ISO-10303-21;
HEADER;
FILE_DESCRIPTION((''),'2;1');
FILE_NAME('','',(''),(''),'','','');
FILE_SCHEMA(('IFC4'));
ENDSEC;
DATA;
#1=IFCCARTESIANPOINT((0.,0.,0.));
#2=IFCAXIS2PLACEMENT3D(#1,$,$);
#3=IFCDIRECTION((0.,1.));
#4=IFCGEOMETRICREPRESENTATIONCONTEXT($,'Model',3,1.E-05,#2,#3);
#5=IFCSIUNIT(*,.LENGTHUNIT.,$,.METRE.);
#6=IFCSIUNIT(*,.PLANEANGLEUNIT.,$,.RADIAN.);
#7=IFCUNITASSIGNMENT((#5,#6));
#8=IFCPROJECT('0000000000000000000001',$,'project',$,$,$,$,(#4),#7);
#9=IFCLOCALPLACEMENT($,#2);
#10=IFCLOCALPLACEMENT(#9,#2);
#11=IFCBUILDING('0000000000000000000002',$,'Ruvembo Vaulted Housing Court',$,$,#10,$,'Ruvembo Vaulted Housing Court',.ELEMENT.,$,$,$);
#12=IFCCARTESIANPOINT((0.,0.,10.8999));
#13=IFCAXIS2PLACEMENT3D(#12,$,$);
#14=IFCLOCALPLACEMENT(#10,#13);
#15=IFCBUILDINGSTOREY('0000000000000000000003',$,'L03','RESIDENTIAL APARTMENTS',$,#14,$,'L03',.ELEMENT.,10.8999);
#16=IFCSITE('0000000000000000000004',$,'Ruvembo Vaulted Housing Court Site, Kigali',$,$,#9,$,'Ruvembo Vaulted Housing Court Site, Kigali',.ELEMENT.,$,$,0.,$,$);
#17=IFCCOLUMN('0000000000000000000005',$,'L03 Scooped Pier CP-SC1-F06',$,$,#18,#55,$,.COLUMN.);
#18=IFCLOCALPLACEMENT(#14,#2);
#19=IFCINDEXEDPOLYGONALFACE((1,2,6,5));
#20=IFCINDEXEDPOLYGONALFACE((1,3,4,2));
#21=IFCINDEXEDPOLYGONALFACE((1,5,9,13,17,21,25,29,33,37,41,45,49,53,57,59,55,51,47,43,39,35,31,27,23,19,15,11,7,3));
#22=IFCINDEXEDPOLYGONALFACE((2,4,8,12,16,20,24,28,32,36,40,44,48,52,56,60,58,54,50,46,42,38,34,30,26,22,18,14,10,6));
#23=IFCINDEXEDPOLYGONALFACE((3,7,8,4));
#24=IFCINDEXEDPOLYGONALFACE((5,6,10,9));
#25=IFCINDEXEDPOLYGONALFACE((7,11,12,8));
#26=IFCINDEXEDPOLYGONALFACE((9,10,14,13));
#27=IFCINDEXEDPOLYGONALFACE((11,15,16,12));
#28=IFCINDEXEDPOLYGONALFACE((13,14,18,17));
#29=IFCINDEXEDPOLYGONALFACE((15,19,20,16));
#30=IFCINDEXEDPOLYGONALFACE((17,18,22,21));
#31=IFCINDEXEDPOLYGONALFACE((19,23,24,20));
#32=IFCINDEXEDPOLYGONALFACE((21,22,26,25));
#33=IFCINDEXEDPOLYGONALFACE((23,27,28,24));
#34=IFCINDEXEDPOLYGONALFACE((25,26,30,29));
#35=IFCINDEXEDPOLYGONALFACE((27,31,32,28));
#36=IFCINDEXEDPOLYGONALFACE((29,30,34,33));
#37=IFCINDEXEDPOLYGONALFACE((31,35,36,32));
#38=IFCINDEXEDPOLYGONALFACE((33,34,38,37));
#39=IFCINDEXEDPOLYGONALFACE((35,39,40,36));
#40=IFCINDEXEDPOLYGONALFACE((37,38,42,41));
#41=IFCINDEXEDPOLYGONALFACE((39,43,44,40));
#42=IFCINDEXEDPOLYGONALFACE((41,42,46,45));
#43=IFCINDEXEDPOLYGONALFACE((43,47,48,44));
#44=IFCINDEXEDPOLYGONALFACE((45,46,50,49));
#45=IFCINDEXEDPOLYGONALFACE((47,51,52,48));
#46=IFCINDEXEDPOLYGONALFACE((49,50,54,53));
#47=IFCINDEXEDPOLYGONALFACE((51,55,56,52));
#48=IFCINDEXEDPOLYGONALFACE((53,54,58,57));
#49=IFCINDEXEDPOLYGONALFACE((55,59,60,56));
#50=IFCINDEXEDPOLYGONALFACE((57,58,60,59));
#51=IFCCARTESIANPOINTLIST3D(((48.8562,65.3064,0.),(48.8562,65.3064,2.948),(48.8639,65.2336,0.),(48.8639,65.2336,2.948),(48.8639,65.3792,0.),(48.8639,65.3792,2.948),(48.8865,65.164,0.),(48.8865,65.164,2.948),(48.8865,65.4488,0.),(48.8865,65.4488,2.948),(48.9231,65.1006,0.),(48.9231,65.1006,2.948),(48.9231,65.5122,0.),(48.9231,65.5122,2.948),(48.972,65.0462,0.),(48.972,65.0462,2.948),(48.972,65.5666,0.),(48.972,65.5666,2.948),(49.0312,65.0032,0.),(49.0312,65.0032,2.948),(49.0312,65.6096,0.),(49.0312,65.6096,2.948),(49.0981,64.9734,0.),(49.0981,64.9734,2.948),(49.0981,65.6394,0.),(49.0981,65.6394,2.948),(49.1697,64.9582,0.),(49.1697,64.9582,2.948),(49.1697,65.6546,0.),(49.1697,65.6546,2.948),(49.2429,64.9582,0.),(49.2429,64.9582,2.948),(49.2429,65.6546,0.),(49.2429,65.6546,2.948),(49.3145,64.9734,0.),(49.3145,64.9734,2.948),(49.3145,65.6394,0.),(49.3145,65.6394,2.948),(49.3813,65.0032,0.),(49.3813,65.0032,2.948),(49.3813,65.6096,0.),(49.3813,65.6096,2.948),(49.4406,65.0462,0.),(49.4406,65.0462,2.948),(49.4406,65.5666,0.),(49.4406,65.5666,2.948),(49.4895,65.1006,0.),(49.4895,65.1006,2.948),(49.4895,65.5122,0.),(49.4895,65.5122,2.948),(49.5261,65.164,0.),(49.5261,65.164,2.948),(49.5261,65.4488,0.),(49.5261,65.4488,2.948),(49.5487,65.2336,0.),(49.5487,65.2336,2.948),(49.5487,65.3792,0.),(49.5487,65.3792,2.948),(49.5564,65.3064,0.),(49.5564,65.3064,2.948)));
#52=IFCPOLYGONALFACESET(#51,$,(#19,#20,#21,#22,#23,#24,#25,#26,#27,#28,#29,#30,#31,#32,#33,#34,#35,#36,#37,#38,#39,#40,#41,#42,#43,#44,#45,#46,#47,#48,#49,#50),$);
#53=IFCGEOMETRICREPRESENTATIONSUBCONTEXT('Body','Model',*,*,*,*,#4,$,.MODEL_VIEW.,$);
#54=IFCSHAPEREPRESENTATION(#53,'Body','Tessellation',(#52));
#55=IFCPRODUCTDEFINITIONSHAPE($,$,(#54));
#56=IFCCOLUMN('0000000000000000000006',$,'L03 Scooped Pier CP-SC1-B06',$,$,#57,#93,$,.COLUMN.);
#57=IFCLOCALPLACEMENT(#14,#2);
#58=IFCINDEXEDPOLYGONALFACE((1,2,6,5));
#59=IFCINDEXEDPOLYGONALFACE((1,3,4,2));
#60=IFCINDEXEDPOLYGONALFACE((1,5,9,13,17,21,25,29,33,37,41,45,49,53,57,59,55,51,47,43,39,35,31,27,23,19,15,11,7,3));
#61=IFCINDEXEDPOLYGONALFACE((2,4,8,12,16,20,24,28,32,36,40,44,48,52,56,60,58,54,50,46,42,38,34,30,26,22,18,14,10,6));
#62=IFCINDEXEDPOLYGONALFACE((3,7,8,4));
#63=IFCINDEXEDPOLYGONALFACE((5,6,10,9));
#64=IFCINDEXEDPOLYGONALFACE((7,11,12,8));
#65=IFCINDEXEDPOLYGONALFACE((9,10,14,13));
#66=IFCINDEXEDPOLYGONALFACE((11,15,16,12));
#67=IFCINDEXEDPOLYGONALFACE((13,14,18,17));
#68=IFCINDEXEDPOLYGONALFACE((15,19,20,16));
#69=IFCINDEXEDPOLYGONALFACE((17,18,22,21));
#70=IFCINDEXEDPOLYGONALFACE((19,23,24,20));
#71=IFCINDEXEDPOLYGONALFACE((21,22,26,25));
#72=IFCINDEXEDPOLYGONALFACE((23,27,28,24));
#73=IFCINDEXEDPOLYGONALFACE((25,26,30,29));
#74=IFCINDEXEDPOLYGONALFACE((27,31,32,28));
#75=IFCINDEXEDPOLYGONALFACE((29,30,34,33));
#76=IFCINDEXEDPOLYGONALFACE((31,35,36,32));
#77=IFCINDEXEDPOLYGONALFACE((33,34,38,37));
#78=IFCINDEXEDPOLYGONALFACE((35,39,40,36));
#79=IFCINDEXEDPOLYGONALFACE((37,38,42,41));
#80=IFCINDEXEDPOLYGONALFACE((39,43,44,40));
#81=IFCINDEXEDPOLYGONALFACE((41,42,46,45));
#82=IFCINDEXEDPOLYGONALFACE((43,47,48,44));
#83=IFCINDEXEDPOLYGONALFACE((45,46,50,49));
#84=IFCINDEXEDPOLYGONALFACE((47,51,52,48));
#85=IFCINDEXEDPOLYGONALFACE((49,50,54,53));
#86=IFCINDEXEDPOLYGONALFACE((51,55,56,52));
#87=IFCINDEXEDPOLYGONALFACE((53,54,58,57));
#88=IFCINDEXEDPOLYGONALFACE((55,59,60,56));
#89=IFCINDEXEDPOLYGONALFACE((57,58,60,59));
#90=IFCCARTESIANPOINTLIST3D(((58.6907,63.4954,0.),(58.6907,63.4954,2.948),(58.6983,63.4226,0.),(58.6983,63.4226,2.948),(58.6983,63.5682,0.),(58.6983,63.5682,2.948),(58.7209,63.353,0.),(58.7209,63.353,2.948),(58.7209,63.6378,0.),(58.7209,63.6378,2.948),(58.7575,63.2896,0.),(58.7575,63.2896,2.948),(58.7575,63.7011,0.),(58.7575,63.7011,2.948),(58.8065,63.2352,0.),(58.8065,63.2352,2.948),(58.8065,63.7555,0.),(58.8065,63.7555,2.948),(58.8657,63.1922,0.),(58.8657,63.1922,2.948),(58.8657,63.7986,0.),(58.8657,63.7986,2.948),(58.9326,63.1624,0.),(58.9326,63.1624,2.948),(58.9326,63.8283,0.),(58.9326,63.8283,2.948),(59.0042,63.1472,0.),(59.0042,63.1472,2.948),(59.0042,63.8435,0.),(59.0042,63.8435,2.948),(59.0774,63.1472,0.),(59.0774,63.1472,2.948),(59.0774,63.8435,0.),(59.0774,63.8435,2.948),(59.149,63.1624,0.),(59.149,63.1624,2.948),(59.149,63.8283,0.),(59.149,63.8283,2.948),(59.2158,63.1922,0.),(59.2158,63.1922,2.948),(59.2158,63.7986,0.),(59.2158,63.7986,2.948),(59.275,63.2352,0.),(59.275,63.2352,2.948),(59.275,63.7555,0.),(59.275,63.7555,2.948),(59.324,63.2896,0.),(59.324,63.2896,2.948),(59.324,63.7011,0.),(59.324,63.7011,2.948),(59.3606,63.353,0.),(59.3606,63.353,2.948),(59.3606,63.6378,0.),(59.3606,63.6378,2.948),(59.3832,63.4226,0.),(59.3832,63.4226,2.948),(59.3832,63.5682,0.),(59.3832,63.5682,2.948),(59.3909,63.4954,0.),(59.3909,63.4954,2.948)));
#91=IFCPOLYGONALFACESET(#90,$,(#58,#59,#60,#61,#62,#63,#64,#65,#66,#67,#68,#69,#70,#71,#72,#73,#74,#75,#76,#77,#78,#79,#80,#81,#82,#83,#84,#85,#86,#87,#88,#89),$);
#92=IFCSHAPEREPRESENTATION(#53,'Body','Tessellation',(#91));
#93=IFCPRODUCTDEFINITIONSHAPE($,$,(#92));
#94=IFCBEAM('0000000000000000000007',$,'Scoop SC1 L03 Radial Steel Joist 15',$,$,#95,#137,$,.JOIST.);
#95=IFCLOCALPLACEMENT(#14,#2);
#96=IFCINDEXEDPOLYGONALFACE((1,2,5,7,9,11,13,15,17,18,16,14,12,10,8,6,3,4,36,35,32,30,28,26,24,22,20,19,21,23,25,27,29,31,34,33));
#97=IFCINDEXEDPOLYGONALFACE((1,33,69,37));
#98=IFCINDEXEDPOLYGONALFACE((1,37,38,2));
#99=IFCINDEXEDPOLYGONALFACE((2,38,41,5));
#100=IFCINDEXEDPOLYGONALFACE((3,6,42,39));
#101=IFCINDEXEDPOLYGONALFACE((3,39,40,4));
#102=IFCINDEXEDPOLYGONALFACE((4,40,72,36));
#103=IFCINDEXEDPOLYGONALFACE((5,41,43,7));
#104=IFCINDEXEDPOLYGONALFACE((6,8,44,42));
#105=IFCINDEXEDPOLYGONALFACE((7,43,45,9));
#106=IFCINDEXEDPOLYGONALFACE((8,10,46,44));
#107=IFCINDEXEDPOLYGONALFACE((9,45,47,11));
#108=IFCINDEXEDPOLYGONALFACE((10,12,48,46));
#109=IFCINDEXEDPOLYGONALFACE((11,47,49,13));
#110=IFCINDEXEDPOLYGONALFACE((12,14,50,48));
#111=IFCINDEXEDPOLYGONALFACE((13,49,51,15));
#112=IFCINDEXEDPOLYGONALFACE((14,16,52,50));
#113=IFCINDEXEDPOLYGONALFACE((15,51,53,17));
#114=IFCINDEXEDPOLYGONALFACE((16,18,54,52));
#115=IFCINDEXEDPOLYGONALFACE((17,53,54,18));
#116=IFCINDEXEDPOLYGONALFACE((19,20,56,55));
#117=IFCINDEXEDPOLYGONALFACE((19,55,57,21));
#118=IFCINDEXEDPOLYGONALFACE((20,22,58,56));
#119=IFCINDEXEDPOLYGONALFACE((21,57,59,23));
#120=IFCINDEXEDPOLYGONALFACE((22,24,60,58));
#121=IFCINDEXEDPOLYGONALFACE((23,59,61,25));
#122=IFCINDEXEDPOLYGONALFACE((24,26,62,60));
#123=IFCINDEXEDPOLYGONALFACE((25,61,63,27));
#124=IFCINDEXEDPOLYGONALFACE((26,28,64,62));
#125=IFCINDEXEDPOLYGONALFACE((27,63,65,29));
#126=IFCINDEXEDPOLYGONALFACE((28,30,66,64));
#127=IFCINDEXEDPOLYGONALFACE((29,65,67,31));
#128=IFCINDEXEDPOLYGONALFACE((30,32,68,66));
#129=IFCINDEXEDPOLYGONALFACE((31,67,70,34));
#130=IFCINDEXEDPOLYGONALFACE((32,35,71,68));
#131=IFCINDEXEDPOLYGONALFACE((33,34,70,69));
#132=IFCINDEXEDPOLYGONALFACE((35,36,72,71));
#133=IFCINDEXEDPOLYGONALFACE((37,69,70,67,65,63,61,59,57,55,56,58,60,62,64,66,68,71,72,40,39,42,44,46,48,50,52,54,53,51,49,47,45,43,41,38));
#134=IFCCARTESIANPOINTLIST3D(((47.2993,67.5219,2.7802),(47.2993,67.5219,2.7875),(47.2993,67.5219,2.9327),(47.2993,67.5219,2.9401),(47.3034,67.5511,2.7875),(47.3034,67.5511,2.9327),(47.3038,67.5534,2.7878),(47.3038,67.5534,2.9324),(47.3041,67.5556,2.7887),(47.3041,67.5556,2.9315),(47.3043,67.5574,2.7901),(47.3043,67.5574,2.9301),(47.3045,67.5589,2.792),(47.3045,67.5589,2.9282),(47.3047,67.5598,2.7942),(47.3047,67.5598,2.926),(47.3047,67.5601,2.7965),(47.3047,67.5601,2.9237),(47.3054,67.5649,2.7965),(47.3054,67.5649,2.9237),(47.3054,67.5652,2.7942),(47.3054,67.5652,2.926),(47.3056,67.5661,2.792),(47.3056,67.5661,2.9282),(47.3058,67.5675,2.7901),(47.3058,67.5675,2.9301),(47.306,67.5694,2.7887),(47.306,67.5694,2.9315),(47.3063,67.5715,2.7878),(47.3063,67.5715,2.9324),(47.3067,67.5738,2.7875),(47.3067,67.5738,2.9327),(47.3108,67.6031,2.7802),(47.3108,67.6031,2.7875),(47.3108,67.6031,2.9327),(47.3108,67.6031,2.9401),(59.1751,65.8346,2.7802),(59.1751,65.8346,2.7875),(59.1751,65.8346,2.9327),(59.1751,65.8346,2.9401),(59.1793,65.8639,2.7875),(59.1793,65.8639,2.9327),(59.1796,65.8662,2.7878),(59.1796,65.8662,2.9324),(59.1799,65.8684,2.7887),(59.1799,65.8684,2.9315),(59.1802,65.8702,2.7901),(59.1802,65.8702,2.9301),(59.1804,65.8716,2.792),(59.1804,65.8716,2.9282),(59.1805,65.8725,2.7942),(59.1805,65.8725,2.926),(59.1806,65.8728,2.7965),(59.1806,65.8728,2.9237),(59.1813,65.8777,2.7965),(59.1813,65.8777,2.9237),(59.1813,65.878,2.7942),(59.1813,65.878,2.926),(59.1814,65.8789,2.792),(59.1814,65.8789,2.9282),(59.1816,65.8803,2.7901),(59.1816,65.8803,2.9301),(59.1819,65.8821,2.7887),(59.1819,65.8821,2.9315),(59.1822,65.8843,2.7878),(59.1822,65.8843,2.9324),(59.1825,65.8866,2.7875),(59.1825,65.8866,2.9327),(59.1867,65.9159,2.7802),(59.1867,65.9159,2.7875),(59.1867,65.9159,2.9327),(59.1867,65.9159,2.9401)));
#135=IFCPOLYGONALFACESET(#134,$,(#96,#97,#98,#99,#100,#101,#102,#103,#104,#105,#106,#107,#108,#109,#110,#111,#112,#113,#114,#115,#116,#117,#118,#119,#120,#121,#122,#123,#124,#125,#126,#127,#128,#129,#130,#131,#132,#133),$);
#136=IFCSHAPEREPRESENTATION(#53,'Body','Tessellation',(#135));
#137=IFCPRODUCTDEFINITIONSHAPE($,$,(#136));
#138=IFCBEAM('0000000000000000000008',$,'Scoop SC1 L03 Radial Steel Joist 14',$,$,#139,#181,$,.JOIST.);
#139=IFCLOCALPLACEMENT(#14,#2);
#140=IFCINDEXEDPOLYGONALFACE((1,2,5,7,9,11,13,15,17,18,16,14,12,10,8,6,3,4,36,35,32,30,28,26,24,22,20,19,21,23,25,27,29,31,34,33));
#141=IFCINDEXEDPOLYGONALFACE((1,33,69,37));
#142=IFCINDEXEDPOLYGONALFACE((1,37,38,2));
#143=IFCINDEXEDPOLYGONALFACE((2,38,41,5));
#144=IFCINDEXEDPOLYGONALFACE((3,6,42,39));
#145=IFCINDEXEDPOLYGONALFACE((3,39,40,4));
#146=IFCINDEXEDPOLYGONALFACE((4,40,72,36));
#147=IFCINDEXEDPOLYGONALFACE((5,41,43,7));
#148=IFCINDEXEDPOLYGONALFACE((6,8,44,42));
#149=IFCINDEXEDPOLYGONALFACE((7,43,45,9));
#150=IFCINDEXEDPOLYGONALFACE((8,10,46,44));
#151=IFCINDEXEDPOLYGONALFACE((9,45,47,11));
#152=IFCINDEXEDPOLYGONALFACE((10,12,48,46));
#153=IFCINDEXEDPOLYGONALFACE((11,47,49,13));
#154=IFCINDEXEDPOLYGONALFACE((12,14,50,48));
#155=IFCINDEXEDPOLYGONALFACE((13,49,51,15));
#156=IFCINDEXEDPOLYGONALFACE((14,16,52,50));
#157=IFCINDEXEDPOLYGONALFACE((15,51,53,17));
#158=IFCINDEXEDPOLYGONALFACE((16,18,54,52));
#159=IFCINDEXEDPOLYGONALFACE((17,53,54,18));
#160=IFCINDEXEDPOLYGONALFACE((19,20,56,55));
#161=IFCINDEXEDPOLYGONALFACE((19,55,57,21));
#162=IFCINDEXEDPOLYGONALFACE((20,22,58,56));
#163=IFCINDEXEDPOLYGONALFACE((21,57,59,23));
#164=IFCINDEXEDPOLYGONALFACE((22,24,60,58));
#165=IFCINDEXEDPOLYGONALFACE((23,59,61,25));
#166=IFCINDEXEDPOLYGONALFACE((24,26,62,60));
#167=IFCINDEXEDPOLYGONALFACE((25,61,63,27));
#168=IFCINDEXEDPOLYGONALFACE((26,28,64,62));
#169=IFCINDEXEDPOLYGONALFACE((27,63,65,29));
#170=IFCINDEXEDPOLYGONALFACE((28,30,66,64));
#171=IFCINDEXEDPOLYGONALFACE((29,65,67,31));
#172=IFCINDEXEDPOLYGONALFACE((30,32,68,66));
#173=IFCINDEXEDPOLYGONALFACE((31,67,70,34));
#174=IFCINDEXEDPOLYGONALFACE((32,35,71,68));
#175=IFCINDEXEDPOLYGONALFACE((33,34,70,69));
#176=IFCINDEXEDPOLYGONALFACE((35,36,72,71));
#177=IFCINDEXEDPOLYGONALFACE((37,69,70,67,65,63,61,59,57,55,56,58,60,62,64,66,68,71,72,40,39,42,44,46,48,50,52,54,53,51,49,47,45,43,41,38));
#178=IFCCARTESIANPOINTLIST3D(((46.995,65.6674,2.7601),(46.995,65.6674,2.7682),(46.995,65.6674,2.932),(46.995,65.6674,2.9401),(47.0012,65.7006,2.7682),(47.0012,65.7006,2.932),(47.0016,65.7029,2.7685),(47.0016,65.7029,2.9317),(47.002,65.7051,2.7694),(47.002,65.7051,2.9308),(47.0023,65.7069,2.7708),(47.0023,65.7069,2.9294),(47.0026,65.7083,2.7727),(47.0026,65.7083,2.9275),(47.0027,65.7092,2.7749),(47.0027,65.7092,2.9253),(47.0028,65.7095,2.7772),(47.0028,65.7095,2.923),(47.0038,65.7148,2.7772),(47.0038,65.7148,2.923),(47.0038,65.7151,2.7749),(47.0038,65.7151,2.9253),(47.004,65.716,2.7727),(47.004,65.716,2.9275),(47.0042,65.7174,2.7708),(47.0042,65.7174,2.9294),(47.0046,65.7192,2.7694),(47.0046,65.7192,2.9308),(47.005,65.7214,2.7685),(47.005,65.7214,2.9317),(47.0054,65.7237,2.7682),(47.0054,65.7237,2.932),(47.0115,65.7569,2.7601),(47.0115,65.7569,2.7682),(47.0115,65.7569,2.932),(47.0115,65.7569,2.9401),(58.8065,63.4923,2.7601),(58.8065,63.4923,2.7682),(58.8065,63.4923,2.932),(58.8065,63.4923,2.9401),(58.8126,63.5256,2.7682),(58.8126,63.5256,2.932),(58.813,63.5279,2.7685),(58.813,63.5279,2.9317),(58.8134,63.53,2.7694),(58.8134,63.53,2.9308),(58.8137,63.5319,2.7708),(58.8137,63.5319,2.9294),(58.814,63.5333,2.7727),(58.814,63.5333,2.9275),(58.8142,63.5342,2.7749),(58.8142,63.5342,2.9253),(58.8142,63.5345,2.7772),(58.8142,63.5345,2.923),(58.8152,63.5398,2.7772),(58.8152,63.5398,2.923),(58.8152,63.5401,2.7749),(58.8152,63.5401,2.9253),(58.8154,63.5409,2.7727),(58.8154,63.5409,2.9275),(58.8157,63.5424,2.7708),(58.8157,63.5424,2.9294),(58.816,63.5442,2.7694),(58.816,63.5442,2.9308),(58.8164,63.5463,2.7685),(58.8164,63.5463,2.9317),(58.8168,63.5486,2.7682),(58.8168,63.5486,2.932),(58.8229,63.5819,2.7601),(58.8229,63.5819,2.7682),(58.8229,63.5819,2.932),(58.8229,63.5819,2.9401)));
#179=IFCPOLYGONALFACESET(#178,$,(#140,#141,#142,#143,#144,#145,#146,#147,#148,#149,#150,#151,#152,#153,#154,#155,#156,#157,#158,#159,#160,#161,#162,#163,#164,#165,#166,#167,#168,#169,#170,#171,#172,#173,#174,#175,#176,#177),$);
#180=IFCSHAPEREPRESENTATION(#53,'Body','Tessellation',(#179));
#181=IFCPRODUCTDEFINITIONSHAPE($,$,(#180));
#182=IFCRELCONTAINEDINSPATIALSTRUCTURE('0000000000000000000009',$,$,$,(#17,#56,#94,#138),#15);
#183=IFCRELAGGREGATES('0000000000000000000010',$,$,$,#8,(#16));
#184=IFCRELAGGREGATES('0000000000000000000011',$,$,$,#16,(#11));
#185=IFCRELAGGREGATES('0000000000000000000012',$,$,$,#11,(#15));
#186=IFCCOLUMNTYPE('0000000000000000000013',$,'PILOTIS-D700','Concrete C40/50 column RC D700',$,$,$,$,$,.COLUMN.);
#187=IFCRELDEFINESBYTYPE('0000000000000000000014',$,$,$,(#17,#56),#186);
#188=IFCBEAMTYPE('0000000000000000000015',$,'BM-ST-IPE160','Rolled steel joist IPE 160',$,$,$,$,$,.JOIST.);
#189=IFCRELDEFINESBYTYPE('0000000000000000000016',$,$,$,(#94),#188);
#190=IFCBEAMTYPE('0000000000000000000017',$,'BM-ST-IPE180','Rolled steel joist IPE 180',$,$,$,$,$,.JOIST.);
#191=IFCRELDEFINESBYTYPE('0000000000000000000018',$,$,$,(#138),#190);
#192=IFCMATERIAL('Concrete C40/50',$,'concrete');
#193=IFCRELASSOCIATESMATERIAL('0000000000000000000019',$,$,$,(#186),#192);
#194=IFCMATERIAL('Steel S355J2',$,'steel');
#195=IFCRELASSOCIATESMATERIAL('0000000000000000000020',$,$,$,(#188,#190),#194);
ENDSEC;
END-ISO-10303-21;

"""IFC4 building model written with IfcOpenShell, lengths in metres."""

from ifc_helpers import new_model, si_unit, direction, frame, origin, origin_2d, place, context, subcontext, project, spatial, circle, i_section, extrude, material, material_profile, profile_set, type_object, element, save


model = new_model("IFC4")

# Units and contexts
model_context = context("Model", 3, precision=1e-05, world=origin(), true_north=direction((0.0, 1.0)))
body_context = subcontext(model_context, "Body", "Model", "MODEL_VIEW")
ifc_project = project(units=[si_unit("LENGTHUNIT", "METRE"), si_unit("PLANEANGLEUNIT", "RADIAN")], contexts=[model_context])

# Site, building, storey
site_placement = place(None, origin())
site = spatial("IfcSite", under=ifc_project, at=site_placement, Name="Ruvembo Vaulted Housing Court Site, Kigali", LongName="Ruvembo Vaulted Housing Court Site, Kigali", CompositionType="ELEMENT", RefElevation=0.0)
building_placement = place(site_placement, origin())
building = spatial("IfcBuilding", under=site, at=building_placement, Name="Ruvembo Vaulted Housing Court", LongName="Ruvembo Vaulted Housing Court", CompositionType="ELEMENT")
storey_placement = place(building_placement, frame((0.0, 0.0, 10.8999)))
storey = spatial("IfcBuildingStorey", under=building, at=storey_placement, Name="L03", Description="RESIDENTIAL APARTMENTS", LongName="L03", CompositionType="ELEMENT", Elevation=10.8999)

# Columns
ifc_material_1 = material(Name="Concrete C40/50", Category="concrete")
ifc_material_profile_1 = material_profile(ifc_material_1, circle(Radius=0.3501, at=origin_2d()), Name="RC D700")
ifc_profile_set_1 = profile_set([ifc_material_profile_1], Name="Concrete C40/50")
column_type = type_object("IfcColumnType", Name="PILOTIS-D700", Description="Concrete C40/50 column RC D700", PredefinedType="COLUMN", material=ifc_profile_set_1)
for number, where, z_axis, x_axis, name in (
    (1, (49.2063, 65.3064, 0.0), (0.0, 0.0, 1.0), (1.0, 0.0, 0.0), "L03 Scooped Pier CP-SC1-F06"),
    (2, (59.0408, 63.4954, 0.0), (0.0, 0.0, 1.0), (1.0, 0.0, 0.0), "L03 Scooped Pier CP-SC1-B06"),
):
    element("IfcColumn", number, at=place(storey_placement, frame(where, z_axis=z_axis, x_axis=x_axis)), inside=storey, type_object=column_type, Name=name, PredefinedType="COLUMN", context=body_context, shape_type="SweptSolid", body=[
        extrude(circle(Radius=0.3501, at=origin_2d()), origin(), (0.0, 0.0, 1.0), 2.948),
    ])

# Beams
ifc_material_2 = material(Name="Steel S355J2", Category="steel")
ifc_material_profile_2 = material_profile(ifc_material_2, i_section(OverallWidth=0.082, OverallDepth=0.1599, WebThickness=0.0049, FlangeThickness=0.0073, FilletRadius=0.009, at=origin_2d()), Name="IPE 160")
ifc_profile_set_2 = profile_set([ifc_material_profile_2], Name="Steel S355J2")
beam_type_1 = type_object("IfcBeamType", Name="BM-ST-IPE160", Description="Rolled steel joist IPE 160", PredefinedType="JOIST", material=ifc_profile_set_2)
beam_1_placement = place(storey_placement, frame((59.1809, 65.8752, 2.8601), z_axis=(-0.990058, 0.140661, 0.0), x_axis=(-0.140661, -0.990058, 0.0)))
element("IfcBeam", 3, at=beam_1_placement, inside=storey, type_object=beam_type_1, Name="Scoop SC1 L03 Radial Steel Joist 15", PredefinedType="JOIST", context=body_context, shape_type="SweptSolid", body=[
    extrude(i_section(OverallWidth=0.082, OverallDepth=0.1599, WebThickness=0.0049, FlangeThickness=0.0073, FilletRadius=0.009, at=origin_2d()), origin(), (0.0, 0.0, 1.0), 11.9951),
])
ifc_material_profile_3 = material_profile(ifc_material_2, i_section(OverallWidth=0.0911, OverallDepth=0.1799, WebThickness=0.0054, FlangeThickness=0.0081, FilletRadius=0.009, at=origin_2d()), Name="IPE 180")
ifc_profile_set_3 = profile_set([ifc_material_profile_3], Name="Steel S355J2")
beam_type_2 = type_object("IfcBeamType", Name="BM-ST-IPE180", Description="Rolled steel joist IPE 180", PredefinedType="JOIST", material=ifc_profile_set_3)
beam_2_placement = place(storey_placement, frame((58.8147, 63.5371, 2.8501), z_axis=(-0.983464, 0.181101, 0.0), x_axis=(-0.181101, -0.983464, 0.0)))
element("IfcBeam", 4, at=beam_2_placement, inside=storey, type_object=beam_type_2, Name="Scoop SC1 L03 Radial Steel Joist 14", PredefinedType="JOIST", context=body_context, shape_type="SweptSolid", body=[
    extrude(i_section(OverallWidth=0.0911, OverallDepth=0.1799, WebThickness=0.0054, FlangeThickness=0.0081, FilletRadius=0.009, at=origin_2d()), origin(), (0.0, 0.0, 1.0), 12.01),
])

save(model, "model.ifc")
